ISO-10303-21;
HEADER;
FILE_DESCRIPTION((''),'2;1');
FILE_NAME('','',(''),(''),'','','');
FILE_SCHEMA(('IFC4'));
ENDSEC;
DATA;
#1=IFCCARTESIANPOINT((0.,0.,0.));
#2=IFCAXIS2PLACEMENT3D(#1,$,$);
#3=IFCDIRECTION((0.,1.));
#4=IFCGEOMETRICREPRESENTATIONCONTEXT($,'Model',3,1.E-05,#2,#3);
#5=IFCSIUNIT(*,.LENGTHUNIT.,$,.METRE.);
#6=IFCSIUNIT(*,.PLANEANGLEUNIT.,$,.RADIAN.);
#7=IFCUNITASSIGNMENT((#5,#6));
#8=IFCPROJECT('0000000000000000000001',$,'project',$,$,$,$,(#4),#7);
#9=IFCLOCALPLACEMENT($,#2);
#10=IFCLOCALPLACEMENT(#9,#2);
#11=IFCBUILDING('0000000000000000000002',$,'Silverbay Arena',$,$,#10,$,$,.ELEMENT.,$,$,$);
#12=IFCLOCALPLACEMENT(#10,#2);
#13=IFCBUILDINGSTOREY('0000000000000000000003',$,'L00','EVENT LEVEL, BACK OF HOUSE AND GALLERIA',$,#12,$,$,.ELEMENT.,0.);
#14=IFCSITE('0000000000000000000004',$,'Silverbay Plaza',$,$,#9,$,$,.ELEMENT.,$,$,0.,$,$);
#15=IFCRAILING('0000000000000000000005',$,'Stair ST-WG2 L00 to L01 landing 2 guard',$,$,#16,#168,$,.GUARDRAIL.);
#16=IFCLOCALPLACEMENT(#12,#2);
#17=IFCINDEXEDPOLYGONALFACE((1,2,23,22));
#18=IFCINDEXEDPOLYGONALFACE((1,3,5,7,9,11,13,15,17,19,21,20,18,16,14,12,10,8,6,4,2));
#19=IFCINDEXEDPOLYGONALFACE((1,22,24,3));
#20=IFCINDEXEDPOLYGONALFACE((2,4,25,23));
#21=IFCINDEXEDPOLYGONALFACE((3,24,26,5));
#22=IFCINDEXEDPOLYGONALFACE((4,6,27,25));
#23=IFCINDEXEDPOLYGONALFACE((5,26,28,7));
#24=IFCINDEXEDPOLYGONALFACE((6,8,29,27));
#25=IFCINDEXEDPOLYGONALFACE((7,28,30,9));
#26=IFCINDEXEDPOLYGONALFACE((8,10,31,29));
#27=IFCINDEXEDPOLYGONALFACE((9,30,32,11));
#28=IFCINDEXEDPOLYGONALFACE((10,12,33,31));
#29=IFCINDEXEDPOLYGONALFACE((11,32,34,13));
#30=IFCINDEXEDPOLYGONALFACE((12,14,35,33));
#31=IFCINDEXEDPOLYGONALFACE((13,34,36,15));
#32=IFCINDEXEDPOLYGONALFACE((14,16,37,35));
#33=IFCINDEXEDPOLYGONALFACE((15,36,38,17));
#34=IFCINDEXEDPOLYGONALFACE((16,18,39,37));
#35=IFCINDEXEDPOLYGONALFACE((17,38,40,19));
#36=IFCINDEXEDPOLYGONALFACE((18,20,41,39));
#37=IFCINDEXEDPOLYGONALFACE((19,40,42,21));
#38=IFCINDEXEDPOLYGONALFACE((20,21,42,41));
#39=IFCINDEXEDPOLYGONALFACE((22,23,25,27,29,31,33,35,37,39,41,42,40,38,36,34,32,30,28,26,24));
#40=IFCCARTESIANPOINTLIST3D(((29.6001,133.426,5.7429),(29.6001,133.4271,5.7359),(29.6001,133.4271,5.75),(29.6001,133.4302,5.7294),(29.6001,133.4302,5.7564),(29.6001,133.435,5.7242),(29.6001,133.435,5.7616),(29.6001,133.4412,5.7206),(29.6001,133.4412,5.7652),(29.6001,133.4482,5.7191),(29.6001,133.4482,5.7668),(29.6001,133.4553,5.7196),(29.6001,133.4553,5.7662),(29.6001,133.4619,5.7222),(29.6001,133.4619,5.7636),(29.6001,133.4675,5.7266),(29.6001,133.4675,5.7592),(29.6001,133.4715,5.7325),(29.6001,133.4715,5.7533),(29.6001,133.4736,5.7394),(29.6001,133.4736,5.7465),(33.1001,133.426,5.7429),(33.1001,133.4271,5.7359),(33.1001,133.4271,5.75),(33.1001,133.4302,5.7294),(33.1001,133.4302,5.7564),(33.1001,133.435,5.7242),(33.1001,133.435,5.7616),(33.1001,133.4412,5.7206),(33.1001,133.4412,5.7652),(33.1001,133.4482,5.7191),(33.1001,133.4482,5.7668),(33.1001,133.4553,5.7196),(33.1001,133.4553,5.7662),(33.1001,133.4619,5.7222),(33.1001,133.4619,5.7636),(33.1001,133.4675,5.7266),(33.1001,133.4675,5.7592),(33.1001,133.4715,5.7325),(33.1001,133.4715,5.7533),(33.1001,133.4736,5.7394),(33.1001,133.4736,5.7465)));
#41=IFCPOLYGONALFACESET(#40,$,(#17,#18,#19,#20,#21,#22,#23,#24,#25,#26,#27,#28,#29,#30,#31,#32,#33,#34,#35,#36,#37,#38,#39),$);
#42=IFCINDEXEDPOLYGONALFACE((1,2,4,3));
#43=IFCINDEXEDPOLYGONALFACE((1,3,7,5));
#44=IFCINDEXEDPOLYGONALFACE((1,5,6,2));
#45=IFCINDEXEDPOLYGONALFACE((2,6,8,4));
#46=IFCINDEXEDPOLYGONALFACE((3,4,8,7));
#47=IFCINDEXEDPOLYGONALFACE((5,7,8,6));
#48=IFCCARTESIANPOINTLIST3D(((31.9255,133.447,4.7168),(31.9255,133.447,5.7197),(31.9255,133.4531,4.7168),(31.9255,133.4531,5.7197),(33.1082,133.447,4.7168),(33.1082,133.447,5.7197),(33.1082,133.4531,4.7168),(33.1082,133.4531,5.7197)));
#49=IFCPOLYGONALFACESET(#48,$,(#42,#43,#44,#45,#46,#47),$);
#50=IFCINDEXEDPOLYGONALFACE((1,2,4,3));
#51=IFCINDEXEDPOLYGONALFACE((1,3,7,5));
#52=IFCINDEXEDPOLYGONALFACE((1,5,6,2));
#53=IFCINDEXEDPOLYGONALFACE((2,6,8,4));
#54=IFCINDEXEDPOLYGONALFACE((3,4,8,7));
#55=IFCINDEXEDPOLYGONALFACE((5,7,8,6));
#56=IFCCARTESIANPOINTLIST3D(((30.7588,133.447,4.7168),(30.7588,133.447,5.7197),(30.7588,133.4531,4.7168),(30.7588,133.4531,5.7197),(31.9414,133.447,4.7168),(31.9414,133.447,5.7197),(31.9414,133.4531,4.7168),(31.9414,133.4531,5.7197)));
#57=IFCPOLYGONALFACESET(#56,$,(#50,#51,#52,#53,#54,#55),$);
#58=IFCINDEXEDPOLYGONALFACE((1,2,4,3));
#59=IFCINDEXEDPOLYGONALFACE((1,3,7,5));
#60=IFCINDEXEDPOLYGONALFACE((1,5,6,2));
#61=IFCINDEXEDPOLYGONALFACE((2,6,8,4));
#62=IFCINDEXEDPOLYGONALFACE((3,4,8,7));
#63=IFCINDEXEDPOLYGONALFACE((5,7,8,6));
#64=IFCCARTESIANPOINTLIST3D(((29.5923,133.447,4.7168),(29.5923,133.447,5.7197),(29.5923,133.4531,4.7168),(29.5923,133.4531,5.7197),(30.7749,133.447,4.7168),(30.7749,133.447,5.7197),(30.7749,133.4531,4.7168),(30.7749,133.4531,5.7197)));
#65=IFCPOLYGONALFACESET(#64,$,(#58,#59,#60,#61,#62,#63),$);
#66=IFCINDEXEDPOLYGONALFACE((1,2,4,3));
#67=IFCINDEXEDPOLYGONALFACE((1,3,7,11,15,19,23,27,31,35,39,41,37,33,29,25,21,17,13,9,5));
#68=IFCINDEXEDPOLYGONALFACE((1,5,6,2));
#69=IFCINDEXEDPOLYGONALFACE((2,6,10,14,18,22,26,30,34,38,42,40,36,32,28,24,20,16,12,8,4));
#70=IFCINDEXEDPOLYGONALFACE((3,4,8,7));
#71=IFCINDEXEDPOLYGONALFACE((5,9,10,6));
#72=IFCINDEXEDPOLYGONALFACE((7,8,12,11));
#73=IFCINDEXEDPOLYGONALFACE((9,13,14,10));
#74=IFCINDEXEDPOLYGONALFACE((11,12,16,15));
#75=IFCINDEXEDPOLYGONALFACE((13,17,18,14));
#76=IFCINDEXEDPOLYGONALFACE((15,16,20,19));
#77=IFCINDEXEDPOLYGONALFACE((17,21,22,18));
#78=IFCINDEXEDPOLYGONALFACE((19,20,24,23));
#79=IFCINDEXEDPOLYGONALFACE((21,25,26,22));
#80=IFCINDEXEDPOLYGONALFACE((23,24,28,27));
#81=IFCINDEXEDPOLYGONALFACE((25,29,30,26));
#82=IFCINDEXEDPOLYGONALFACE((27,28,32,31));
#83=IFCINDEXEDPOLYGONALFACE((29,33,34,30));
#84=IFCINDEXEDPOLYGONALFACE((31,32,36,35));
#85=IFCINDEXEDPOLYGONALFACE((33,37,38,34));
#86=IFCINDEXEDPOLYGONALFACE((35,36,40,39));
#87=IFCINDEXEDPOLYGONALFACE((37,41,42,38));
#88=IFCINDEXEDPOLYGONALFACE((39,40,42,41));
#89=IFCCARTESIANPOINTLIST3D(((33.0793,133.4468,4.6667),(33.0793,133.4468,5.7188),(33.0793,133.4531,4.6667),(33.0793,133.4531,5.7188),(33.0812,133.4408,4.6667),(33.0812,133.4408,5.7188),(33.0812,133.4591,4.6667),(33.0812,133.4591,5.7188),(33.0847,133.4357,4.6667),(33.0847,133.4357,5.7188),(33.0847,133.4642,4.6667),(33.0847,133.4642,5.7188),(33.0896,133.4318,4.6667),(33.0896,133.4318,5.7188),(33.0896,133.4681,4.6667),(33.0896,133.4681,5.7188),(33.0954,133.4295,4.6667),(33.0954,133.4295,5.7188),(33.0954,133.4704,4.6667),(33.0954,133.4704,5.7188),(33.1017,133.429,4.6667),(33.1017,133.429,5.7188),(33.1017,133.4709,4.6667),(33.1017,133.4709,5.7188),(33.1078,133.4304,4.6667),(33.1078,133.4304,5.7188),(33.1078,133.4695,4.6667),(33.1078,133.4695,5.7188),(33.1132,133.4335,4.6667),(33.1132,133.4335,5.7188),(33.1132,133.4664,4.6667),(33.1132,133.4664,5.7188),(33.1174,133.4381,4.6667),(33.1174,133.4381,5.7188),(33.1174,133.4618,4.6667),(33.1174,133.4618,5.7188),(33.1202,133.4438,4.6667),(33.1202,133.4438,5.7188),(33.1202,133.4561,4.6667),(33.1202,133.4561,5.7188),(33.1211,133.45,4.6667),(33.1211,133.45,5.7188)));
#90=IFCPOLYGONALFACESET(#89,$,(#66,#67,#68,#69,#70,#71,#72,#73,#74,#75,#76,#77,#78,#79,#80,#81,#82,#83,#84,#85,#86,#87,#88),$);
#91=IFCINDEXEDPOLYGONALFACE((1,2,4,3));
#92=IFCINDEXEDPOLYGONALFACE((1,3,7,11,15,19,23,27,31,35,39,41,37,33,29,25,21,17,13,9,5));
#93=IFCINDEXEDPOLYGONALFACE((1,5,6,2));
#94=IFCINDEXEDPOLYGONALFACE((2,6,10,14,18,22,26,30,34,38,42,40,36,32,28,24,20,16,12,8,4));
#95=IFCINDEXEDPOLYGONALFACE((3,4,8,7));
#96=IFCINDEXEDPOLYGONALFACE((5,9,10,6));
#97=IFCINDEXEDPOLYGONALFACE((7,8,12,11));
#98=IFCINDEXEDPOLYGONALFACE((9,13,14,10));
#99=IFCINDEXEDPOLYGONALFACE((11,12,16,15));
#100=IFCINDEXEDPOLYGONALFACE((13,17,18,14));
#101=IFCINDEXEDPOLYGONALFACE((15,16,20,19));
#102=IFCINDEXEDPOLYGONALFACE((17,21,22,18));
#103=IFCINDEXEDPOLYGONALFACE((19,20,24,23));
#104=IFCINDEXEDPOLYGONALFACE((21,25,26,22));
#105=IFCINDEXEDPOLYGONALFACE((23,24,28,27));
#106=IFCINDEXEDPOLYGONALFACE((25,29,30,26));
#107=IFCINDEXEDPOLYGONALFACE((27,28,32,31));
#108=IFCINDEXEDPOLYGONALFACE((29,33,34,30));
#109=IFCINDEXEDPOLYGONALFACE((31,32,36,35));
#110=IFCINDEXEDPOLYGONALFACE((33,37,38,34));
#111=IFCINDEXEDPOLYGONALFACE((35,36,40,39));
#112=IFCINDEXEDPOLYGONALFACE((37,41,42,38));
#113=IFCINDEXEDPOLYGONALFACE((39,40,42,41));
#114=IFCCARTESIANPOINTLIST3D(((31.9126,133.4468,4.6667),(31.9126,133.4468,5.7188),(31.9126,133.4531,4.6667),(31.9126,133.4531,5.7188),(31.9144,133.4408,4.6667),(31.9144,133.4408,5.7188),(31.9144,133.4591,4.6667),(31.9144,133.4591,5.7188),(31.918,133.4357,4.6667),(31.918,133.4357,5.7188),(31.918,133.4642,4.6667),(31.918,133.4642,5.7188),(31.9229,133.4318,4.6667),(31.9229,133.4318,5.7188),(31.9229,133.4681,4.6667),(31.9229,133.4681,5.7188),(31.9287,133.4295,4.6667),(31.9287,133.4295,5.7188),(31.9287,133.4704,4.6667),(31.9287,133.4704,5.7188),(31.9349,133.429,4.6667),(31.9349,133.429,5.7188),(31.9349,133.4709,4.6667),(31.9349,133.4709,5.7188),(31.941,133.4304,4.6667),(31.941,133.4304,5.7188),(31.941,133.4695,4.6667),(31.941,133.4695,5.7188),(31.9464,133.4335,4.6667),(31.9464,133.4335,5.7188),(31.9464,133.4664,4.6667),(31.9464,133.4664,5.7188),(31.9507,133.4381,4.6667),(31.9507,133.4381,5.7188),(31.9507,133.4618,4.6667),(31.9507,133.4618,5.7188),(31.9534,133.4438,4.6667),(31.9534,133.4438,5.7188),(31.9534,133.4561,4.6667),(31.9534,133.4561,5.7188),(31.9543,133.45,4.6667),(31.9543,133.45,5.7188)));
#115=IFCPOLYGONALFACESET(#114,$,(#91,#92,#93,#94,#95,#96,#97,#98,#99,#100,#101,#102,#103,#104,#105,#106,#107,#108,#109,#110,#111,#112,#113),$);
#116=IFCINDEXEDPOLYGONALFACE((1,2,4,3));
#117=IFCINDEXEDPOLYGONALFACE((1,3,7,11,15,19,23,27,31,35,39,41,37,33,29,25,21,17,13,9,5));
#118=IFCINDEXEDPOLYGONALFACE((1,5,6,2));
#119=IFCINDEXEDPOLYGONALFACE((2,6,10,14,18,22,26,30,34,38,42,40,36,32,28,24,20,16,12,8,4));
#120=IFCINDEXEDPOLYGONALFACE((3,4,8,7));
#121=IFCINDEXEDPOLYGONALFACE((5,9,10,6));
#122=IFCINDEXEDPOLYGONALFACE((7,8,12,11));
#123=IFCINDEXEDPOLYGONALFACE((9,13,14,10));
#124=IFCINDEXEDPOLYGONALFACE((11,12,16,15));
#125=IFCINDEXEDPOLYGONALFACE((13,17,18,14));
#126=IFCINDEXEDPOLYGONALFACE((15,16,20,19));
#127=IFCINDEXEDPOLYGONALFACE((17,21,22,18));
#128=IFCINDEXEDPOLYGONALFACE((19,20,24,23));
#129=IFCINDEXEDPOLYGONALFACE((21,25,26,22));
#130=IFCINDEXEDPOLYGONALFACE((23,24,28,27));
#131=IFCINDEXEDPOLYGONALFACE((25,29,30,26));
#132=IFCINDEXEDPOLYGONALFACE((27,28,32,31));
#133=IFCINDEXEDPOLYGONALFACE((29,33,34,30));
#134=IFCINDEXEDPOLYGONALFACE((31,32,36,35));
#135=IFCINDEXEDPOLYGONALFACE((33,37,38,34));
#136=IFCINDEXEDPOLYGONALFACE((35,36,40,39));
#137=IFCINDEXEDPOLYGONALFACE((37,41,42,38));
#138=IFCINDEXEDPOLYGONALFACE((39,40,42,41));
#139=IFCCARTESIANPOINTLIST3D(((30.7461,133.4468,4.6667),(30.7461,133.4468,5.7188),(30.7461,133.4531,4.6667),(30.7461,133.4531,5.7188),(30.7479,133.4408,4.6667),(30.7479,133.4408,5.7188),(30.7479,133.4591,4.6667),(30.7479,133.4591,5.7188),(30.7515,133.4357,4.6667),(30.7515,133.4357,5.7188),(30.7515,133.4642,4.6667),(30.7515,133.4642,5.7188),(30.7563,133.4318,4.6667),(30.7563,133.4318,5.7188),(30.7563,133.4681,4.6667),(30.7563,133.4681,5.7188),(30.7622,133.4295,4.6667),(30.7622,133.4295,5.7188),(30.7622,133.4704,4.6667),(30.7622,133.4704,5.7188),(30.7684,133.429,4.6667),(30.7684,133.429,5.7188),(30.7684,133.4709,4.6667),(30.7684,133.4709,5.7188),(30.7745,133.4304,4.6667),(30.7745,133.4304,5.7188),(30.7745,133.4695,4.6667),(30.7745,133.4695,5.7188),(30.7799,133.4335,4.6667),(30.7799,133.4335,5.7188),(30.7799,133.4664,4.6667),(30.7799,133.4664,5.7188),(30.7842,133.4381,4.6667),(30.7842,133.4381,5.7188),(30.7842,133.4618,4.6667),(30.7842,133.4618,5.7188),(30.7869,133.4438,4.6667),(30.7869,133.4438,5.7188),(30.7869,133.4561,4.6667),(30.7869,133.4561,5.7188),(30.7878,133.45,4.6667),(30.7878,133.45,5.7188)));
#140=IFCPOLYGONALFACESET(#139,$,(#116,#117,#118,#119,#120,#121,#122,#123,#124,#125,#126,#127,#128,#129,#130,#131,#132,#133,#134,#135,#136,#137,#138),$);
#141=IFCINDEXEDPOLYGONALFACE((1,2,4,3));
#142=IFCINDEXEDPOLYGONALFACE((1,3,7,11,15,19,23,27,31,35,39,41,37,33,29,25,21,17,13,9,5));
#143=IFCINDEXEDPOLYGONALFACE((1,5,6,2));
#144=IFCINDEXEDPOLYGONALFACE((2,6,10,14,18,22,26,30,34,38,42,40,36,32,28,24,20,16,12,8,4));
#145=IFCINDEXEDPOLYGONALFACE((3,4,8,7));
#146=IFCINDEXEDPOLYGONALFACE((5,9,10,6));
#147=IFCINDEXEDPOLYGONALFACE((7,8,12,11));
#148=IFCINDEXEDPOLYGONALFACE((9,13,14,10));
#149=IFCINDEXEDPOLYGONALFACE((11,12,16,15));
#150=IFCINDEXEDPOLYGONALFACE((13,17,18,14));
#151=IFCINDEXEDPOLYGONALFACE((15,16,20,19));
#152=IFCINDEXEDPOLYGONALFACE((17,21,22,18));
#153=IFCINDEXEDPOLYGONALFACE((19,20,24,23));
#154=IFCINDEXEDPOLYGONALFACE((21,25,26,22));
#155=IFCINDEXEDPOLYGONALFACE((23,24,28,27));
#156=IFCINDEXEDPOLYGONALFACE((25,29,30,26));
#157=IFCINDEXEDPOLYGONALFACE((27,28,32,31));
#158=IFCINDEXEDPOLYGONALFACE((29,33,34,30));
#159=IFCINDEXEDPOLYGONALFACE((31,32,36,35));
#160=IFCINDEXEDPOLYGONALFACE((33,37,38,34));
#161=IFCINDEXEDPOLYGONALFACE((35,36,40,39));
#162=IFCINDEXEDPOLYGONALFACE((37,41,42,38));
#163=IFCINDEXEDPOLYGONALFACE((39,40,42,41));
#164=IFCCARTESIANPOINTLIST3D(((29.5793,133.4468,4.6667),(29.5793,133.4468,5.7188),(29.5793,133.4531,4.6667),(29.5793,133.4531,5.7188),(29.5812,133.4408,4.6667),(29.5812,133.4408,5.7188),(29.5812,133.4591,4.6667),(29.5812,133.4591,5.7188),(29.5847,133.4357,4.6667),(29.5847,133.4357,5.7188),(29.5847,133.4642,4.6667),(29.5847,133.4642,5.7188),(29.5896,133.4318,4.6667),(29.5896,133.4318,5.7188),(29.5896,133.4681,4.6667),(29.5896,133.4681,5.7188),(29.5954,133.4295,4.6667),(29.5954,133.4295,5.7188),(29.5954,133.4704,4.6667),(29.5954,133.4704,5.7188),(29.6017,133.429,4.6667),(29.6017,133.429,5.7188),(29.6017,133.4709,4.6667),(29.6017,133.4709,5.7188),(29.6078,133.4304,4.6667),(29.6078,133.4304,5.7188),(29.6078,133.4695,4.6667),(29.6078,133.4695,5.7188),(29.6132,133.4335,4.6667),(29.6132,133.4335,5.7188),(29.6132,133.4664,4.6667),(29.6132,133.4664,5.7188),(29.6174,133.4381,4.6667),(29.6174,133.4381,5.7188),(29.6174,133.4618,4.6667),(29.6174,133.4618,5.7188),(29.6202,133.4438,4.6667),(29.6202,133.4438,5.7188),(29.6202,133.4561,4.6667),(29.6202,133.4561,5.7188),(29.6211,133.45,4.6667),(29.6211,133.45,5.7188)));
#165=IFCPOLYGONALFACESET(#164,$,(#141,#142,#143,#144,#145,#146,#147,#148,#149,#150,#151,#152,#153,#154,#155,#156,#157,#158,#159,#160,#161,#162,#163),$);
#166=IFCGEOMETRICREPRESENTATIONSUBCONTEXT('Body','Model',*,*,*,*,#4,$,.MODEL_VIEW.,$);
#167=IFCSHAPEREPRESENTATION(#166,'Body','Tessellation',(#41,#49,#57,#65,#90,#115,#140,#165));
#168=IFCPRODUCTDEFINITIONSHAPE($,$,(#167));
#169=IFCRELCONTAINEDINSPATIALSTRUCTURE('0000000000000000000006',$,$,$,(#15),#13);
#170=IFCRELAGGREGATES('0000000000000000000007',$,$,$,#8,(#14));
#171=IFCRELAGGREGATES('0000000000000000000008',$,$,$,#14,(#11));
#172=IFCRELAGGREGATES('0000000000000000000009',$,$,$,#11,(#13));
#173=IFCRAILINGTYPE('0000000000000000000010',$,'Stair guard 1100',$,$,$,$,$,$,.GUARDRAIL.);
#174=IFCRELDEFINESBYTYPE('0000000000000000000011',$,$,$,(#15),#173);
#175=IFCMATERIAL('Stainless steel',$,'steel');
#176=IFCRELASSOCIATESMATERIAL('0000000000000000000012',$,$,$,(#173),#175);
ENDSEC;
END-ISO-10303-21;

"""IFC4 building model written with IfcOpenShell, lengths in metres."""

from ifc_helpers import new_model, si_unit, direction, frame, origin, origin_2d, place, context, subcontext, project, spatial, polyline, circle, outline, extrude, material, type_object, element, save


model = new_model("IFC4")

# Units and contexts
model_context = context("Model", 3, precision=1e-05, world=origin(), true_north=direction((0.0, 1.0)))
body_context = subcontext(model_context, "Body", "Model", "MODEL_VIEW")
ifc_project = project(units=[si_unit("LENGTHUNIT", "METRE"), si_unit("PLANEANGLEUNIT", "RADIAN")], contexts=[model_context])

# Site, building, storey
site_placement = place(None, origin())
site = spatial("IfcSite", under=ifc_project, at=site_placement, Name="Silverbay Plaza", CompositionType="ELEMENT", RefElevation=0.0)
building_placement = place(site_placement, origin())
building = spatial("IfcBuilding", under=site, at=building_placement, Name="Silverbay Arena", CompositionType="ELEMENT")
storey_placement = place(building_placement, origin())
storey = spatial("IfcBuildingStorey", under=building, at=storey_placement, Name="L00", Description="EVENT LEVEL, BACK OF HOUSE AND GALLERIA", CompositionType="ELEMENT", Elevation=0.0)

# Railing
ifc_material_1 = material(Name="Stainless steel", Category="steel")
railing_type_1 = type_object("IfcRailingType", Name="Stair guard 1100", PredefinedType="GUARDRAIL", material=ifc_material_1)
for number, where, name in (
    (1, (33.1001, 133.45, 4.6667), "Stair ST-WG2 L00 to L01 landing 2 guard"),
):
    element("IfcRailing", number, at=place(storey_placement, frame(where)), inside=storey, type_object=railing_type_1, Name=name, PredefinedType="GUARDRAIL", context=body_context, shape_type="SweptSolid", body=[
        extrude(circle(Radius=0.0239, at=origin_2d()), frame((0.0, 0.0, 1.0762), z_axis=(-1.0, 0.0, 0.0), x_axis=(0.0, -1.0, 0.0)), (0.0, 0.0, 1.0), 3.5),
        extrude(outline(polyline([(-0.0081, 0.05), (1.1746, 0.05), (1.1746, 1.053), (-0.0081, 1.053), (-0.0081, 0.05)])), frame((0.0, -0.0029, 0.0), z_axis=(0.0, 1.0, 0.0), x_axis=(-1.0, 0.0, 0.0)), (0.0, 0.0, 1.0), 0.0061),
        extrude(outline(polyline([(-0.0081, 0.05), (1.1746, 0.05), (1.1746, 1.053), (-0.0081, 1.053), (-0.0081, 0.05)])), frame((-1.1667, -0.0029, 0.0), z_axis=(0.0, 1.0, 0.0), x_axis=(-1.0, 0.0, 0.0)), (0.0, 0.0, 1.0), 0.0061),
        extrude(outline(polyline([(-0.0081, 0.05), (1.1746, 0.05), (1.1746, 1.053), (-0.0081, 1.053), (-0.0081, 0.05)])), frame((-2.3333, -0.0029, 0.0), z_axis=(0.0, 1.0, 0.0), x_axis=(-1.0, 0.0, 0.0)), (0.0, 0.0, 1.0), 0.0061),
        extrude(circle(Radius=0.021, at=origin_2d()), origin(), (0.0, 0.0, 1.0), 1.052),
        extrude(circle(Radius=0.021, at=origin_2d()), frame((-1.1667, 0.0, 0.0)), (0.0, 0.0, 1.0), 1.052),
        extrude(circle(Radius=0.021, at=origin_2d()), frame((-2.3333, 0.0, 0.0)), (0.0, 0.0, 1.0), 1.052),
        extrude(circle(Radius=0.021, at=origin_2d()), frame((-3.5, 0.0, 0.0)), (0.0, 0.0, 1.0), 1.052),
    ])

save(model, "model.ifc")
